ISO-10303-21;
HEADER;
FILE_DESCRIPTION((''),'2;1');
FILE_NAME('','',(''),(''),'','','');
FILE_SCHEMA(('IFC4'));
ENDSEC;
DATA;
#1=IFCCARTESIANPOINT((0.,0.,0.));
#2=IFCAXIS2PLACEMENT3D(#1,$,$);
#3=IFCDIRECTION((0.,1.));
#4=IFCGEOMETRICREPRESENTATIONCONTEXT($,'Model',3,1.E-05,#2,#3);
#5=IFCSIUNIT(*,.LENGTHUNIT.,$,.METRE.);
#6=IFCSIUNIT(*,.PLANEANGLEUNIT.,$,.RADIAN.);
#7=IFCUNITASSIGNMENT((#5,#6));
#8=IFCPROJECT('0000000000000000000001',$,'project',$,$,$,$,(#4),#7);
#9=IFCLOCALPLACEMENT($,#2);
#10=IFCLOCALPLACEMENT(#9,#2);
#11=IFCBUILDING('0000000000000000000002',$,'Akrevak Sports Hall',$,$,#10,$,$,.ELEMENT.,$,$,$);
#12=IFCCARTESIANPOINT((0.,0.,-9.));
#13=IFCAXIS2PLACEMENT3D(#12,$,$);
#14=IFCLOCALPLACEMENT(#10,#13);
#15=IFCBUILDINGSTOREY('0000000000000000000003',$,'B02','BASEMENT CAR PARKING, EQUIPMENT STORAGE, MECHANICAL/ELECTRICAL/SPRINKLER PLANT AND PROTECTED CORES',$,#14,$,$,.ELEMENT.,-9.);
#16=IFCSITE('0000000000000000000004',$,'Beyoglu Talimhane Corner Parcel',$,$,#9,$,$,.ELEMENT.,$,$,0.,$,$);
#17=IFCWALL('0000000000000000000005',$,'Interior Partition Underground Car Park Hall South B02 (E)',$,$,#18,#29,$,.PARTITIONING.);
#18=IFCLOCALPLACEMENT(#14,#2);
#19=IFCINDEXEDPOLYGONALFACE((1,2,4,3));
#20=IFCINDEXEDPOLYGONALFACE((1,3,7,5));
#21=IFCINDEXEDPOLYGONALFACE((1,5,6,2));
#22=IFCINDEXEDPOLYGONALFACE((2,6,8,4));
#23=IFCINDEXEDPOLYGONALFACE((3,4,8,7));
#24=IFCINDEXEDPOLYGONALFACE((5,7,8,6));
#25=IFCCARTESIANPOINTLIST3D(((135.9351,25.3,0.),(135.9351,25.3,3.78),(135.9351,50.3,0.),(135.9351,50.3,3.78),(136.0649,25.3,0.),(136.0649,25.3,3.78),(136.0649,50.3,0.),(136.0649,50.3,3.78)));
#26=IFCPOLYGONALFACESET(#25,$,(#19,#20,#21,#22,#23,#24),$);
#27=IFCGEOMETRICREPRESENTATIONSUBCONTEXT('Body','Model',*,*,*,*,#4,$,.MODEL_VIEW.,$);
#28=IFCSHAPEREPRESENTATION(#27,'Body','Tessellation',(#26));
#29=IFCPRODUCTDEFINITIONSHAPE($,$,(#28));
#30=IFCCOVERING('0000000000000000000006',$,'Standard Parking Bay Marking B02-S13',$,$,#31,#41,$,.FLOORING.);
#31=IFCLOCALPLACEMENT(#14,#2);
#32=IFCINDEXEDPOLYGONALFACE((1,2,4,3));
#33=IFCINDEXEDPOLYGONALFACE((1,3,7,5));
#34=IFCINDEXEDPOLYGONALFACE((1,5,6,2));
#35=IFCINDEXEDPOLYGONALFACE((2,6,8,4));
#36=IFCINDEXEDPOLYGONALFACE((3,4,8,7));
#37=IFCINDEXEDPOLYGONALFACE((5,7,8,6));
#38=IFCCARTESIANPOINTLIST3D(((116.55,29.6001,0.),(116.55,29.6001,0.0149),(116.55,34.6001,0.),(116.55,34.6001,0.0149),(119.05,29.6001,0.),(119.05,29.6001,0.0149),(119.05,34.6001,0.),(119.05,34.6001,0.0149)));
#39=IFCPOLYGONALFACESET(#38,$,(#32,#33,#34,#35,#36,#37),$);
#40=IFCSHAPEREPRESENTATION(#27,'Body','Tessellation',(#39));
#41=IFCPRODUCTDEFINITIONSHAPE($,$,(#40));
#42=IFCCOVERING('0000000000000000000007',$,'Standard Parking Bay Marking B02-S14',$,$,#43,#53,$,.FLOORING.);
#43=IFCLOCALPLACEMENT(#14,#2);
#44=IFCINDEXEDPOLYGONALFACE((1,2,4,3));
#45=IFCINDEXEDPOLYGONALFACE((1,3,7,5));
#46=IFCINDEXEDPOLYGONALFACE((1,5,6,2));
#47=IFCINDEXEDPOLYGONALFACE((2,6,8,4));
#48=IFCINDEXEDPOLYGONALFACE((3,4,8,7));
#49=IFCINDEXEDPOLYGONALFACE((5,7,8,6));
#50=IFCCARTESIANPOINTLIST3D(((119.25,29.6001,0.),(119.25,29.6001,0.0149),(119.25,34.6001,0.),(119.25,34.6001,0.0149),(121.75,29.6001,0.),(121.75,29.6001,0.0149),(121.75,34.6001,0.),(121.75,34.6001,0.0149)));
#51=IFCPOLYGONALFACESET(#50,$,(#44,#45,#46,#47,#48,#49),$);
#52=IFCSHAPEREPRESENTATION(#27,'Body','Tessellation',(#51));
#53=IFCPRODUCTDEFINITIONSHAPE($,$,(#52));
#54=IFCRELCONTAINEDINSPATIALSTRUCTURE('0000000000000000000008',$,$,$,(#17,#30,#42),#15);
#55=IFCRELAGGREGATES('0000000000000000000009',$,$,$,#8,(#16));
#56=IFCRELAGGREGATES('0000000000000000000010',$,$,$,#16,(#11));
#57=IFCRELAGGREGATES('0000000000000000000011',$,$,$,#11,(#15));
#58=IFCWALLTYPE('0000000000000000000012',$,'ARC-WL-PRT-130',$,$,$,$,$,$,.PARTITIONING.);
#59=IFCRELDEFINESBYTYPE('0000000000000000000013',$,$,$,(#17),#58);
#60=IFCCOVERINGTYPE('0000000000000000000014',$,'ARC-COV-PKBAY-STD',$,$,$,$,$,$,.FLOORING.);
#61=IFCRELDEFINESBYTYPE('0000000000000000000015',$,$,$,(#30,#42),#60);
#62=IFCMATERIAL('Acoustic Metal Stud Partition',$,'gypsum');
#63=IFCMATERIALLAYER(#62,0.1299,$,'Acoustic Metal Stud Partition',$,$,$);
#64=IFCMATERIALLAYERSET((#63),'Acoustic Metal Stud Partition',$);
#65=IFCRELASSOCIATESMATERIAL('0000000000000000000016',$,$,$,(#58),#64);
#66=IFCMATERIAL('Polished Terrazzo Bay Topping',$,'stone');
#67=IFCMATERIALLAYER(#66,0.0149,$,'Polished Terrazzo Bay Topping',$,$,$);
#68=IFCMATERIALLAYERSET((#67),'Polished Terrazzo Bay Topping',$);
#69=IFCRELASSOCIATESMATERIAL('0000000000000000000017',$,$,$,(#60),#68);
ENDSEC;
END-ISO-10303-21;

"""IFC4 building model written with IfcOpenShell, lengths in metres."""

from ifc_helpers import new_model, si_unit, direction, frame, frame_2d, origin, origin_2d, place, context, subcontext, project, spatial, rectangle, extrude, material, layer, layer_set, type_object, element, save


model = new_model("IFC4")

# Units and contexts
model_context = context("Model", 3, precision=1e-05, world=origin(), true_north=direction((0.0, 1.0)))
body_context = subcontext(model_context, "Body", "Model", "MODEL_VIEW")
ifc_project = project(units=[si_unit("LENGTHUNIT", "METRE"), si_unit("PLANEANGLEUNIT", "RADIAN")], contexts=[model_context])

# Site, building, storey
site_placement = place(None, origin())
site = spatial("IfcSite", under=ifc_project, at=site_placement, Name="Beyoglu Talimhane Corner Parcel", CompositionType="ELEMENT", RefElevation=0.0)
building_placement = place(site_placement, origin())
building = spatial("IfcBuilding", under=site, at=building_placement, Name="Akrevak Sports Hall", CompositionType="ELEMENT")
storey_placement = place(building_placement, frame((0.0, 0.0, -9.0)))
storey = spatial("IfcBuildingStorey", under=building, at=storey_placement, Name="B02", Description="BASEMENT CAR PARKING, EQUIPMENT STORAGE, MECHANICAL/ELECTRICAL/SPRINKLER PLANT AND PROTECTED CORES", CompositionType="ELEMENT", Elevation=-9.0)

# Wall
ifc_material_1 = material(Name="Acoustic Metal Stud Partition", Category="gypsum")
ifc_layer_1 = layer(ifc_material_1, 0.1299, Name="Acoustic Metal Stud Partition")
ifc_layer_set_1 = layer_set([ifc_layer_1], Name="Acoustic Metal Stud Partition")
wall_type = type_object("IfcWallType", Name="ARC-WL-PRT-130", PredefinedType="PARTITIONING", material=ifc_layer_set_1)
wall_placement = place(storey_placement, frame((136.0, 25.3, 0.0), z_axis=(0.0, 0.0, 1.0), x_axis=(0.0, 1.0, 0.0)))
element("IfcWall", 1, at=wall_placement, inside=storey, type_object=wall_type, Name="Interior Partition Underground Car Park Hall South B02 (E)", PredefinedType="PARTITIONING", context=body_context, shape_type="SweptSolid", body=[
    extrude(rectangle(XDim=25.0, YDim=0.1299, at=frame_2d((12.5, 0.0))), origin(), (0.0, 0.0, 1.0), 3.78),
])

# Coverings
ifc_material_2 = material(Name="Polished Terrazzo Bay Topping", Category="stone")
ifc_layer_2 = layer(ifc_material_2, 0.0149, Name="Polished Terrazzo Bay Topping")
ifc_layer_set_2 = layer_set([ifc_layer_2], Name="Polished Terrazzo Bay Topping")
covering_type = type_object("IfcCoveringType", Name="ARC-COV-PKBAY-STD", PredefinedType="FLOORING", material=ifc_layer_set_2)
for number, where, z_axis, x_axis, name in (
    (2, (117.8, 32.1001, 0.0), (0.0, 0.0, 1.0), (1.0, 0.0, 0.0), "Standard Parking Bay Marking B02-S13"),
    (3, (120.5, 32.1001, 0.0), (0.0, 0.0, 1.0), (1.0, 0.0, 0.0), "Standard Parking Bay Marking B02-S14"),
):
    element("IfcCovering", number, at=place(storey_placement, frame(where, z_axis=z_axis, x_axis=x_axis)), inside=storey, type_object=covering_type, Name=name, PredefinedType="FLOORING", context=body_context, shape_type="SweptSolid", body=[
        extrude(rectangle(XDim=2.5, YDim=5.0, at=origin_2d()), origin(), (0.0, 0.0, 1.0), 0.0149),
    ])

save(model, "model.ifc")
